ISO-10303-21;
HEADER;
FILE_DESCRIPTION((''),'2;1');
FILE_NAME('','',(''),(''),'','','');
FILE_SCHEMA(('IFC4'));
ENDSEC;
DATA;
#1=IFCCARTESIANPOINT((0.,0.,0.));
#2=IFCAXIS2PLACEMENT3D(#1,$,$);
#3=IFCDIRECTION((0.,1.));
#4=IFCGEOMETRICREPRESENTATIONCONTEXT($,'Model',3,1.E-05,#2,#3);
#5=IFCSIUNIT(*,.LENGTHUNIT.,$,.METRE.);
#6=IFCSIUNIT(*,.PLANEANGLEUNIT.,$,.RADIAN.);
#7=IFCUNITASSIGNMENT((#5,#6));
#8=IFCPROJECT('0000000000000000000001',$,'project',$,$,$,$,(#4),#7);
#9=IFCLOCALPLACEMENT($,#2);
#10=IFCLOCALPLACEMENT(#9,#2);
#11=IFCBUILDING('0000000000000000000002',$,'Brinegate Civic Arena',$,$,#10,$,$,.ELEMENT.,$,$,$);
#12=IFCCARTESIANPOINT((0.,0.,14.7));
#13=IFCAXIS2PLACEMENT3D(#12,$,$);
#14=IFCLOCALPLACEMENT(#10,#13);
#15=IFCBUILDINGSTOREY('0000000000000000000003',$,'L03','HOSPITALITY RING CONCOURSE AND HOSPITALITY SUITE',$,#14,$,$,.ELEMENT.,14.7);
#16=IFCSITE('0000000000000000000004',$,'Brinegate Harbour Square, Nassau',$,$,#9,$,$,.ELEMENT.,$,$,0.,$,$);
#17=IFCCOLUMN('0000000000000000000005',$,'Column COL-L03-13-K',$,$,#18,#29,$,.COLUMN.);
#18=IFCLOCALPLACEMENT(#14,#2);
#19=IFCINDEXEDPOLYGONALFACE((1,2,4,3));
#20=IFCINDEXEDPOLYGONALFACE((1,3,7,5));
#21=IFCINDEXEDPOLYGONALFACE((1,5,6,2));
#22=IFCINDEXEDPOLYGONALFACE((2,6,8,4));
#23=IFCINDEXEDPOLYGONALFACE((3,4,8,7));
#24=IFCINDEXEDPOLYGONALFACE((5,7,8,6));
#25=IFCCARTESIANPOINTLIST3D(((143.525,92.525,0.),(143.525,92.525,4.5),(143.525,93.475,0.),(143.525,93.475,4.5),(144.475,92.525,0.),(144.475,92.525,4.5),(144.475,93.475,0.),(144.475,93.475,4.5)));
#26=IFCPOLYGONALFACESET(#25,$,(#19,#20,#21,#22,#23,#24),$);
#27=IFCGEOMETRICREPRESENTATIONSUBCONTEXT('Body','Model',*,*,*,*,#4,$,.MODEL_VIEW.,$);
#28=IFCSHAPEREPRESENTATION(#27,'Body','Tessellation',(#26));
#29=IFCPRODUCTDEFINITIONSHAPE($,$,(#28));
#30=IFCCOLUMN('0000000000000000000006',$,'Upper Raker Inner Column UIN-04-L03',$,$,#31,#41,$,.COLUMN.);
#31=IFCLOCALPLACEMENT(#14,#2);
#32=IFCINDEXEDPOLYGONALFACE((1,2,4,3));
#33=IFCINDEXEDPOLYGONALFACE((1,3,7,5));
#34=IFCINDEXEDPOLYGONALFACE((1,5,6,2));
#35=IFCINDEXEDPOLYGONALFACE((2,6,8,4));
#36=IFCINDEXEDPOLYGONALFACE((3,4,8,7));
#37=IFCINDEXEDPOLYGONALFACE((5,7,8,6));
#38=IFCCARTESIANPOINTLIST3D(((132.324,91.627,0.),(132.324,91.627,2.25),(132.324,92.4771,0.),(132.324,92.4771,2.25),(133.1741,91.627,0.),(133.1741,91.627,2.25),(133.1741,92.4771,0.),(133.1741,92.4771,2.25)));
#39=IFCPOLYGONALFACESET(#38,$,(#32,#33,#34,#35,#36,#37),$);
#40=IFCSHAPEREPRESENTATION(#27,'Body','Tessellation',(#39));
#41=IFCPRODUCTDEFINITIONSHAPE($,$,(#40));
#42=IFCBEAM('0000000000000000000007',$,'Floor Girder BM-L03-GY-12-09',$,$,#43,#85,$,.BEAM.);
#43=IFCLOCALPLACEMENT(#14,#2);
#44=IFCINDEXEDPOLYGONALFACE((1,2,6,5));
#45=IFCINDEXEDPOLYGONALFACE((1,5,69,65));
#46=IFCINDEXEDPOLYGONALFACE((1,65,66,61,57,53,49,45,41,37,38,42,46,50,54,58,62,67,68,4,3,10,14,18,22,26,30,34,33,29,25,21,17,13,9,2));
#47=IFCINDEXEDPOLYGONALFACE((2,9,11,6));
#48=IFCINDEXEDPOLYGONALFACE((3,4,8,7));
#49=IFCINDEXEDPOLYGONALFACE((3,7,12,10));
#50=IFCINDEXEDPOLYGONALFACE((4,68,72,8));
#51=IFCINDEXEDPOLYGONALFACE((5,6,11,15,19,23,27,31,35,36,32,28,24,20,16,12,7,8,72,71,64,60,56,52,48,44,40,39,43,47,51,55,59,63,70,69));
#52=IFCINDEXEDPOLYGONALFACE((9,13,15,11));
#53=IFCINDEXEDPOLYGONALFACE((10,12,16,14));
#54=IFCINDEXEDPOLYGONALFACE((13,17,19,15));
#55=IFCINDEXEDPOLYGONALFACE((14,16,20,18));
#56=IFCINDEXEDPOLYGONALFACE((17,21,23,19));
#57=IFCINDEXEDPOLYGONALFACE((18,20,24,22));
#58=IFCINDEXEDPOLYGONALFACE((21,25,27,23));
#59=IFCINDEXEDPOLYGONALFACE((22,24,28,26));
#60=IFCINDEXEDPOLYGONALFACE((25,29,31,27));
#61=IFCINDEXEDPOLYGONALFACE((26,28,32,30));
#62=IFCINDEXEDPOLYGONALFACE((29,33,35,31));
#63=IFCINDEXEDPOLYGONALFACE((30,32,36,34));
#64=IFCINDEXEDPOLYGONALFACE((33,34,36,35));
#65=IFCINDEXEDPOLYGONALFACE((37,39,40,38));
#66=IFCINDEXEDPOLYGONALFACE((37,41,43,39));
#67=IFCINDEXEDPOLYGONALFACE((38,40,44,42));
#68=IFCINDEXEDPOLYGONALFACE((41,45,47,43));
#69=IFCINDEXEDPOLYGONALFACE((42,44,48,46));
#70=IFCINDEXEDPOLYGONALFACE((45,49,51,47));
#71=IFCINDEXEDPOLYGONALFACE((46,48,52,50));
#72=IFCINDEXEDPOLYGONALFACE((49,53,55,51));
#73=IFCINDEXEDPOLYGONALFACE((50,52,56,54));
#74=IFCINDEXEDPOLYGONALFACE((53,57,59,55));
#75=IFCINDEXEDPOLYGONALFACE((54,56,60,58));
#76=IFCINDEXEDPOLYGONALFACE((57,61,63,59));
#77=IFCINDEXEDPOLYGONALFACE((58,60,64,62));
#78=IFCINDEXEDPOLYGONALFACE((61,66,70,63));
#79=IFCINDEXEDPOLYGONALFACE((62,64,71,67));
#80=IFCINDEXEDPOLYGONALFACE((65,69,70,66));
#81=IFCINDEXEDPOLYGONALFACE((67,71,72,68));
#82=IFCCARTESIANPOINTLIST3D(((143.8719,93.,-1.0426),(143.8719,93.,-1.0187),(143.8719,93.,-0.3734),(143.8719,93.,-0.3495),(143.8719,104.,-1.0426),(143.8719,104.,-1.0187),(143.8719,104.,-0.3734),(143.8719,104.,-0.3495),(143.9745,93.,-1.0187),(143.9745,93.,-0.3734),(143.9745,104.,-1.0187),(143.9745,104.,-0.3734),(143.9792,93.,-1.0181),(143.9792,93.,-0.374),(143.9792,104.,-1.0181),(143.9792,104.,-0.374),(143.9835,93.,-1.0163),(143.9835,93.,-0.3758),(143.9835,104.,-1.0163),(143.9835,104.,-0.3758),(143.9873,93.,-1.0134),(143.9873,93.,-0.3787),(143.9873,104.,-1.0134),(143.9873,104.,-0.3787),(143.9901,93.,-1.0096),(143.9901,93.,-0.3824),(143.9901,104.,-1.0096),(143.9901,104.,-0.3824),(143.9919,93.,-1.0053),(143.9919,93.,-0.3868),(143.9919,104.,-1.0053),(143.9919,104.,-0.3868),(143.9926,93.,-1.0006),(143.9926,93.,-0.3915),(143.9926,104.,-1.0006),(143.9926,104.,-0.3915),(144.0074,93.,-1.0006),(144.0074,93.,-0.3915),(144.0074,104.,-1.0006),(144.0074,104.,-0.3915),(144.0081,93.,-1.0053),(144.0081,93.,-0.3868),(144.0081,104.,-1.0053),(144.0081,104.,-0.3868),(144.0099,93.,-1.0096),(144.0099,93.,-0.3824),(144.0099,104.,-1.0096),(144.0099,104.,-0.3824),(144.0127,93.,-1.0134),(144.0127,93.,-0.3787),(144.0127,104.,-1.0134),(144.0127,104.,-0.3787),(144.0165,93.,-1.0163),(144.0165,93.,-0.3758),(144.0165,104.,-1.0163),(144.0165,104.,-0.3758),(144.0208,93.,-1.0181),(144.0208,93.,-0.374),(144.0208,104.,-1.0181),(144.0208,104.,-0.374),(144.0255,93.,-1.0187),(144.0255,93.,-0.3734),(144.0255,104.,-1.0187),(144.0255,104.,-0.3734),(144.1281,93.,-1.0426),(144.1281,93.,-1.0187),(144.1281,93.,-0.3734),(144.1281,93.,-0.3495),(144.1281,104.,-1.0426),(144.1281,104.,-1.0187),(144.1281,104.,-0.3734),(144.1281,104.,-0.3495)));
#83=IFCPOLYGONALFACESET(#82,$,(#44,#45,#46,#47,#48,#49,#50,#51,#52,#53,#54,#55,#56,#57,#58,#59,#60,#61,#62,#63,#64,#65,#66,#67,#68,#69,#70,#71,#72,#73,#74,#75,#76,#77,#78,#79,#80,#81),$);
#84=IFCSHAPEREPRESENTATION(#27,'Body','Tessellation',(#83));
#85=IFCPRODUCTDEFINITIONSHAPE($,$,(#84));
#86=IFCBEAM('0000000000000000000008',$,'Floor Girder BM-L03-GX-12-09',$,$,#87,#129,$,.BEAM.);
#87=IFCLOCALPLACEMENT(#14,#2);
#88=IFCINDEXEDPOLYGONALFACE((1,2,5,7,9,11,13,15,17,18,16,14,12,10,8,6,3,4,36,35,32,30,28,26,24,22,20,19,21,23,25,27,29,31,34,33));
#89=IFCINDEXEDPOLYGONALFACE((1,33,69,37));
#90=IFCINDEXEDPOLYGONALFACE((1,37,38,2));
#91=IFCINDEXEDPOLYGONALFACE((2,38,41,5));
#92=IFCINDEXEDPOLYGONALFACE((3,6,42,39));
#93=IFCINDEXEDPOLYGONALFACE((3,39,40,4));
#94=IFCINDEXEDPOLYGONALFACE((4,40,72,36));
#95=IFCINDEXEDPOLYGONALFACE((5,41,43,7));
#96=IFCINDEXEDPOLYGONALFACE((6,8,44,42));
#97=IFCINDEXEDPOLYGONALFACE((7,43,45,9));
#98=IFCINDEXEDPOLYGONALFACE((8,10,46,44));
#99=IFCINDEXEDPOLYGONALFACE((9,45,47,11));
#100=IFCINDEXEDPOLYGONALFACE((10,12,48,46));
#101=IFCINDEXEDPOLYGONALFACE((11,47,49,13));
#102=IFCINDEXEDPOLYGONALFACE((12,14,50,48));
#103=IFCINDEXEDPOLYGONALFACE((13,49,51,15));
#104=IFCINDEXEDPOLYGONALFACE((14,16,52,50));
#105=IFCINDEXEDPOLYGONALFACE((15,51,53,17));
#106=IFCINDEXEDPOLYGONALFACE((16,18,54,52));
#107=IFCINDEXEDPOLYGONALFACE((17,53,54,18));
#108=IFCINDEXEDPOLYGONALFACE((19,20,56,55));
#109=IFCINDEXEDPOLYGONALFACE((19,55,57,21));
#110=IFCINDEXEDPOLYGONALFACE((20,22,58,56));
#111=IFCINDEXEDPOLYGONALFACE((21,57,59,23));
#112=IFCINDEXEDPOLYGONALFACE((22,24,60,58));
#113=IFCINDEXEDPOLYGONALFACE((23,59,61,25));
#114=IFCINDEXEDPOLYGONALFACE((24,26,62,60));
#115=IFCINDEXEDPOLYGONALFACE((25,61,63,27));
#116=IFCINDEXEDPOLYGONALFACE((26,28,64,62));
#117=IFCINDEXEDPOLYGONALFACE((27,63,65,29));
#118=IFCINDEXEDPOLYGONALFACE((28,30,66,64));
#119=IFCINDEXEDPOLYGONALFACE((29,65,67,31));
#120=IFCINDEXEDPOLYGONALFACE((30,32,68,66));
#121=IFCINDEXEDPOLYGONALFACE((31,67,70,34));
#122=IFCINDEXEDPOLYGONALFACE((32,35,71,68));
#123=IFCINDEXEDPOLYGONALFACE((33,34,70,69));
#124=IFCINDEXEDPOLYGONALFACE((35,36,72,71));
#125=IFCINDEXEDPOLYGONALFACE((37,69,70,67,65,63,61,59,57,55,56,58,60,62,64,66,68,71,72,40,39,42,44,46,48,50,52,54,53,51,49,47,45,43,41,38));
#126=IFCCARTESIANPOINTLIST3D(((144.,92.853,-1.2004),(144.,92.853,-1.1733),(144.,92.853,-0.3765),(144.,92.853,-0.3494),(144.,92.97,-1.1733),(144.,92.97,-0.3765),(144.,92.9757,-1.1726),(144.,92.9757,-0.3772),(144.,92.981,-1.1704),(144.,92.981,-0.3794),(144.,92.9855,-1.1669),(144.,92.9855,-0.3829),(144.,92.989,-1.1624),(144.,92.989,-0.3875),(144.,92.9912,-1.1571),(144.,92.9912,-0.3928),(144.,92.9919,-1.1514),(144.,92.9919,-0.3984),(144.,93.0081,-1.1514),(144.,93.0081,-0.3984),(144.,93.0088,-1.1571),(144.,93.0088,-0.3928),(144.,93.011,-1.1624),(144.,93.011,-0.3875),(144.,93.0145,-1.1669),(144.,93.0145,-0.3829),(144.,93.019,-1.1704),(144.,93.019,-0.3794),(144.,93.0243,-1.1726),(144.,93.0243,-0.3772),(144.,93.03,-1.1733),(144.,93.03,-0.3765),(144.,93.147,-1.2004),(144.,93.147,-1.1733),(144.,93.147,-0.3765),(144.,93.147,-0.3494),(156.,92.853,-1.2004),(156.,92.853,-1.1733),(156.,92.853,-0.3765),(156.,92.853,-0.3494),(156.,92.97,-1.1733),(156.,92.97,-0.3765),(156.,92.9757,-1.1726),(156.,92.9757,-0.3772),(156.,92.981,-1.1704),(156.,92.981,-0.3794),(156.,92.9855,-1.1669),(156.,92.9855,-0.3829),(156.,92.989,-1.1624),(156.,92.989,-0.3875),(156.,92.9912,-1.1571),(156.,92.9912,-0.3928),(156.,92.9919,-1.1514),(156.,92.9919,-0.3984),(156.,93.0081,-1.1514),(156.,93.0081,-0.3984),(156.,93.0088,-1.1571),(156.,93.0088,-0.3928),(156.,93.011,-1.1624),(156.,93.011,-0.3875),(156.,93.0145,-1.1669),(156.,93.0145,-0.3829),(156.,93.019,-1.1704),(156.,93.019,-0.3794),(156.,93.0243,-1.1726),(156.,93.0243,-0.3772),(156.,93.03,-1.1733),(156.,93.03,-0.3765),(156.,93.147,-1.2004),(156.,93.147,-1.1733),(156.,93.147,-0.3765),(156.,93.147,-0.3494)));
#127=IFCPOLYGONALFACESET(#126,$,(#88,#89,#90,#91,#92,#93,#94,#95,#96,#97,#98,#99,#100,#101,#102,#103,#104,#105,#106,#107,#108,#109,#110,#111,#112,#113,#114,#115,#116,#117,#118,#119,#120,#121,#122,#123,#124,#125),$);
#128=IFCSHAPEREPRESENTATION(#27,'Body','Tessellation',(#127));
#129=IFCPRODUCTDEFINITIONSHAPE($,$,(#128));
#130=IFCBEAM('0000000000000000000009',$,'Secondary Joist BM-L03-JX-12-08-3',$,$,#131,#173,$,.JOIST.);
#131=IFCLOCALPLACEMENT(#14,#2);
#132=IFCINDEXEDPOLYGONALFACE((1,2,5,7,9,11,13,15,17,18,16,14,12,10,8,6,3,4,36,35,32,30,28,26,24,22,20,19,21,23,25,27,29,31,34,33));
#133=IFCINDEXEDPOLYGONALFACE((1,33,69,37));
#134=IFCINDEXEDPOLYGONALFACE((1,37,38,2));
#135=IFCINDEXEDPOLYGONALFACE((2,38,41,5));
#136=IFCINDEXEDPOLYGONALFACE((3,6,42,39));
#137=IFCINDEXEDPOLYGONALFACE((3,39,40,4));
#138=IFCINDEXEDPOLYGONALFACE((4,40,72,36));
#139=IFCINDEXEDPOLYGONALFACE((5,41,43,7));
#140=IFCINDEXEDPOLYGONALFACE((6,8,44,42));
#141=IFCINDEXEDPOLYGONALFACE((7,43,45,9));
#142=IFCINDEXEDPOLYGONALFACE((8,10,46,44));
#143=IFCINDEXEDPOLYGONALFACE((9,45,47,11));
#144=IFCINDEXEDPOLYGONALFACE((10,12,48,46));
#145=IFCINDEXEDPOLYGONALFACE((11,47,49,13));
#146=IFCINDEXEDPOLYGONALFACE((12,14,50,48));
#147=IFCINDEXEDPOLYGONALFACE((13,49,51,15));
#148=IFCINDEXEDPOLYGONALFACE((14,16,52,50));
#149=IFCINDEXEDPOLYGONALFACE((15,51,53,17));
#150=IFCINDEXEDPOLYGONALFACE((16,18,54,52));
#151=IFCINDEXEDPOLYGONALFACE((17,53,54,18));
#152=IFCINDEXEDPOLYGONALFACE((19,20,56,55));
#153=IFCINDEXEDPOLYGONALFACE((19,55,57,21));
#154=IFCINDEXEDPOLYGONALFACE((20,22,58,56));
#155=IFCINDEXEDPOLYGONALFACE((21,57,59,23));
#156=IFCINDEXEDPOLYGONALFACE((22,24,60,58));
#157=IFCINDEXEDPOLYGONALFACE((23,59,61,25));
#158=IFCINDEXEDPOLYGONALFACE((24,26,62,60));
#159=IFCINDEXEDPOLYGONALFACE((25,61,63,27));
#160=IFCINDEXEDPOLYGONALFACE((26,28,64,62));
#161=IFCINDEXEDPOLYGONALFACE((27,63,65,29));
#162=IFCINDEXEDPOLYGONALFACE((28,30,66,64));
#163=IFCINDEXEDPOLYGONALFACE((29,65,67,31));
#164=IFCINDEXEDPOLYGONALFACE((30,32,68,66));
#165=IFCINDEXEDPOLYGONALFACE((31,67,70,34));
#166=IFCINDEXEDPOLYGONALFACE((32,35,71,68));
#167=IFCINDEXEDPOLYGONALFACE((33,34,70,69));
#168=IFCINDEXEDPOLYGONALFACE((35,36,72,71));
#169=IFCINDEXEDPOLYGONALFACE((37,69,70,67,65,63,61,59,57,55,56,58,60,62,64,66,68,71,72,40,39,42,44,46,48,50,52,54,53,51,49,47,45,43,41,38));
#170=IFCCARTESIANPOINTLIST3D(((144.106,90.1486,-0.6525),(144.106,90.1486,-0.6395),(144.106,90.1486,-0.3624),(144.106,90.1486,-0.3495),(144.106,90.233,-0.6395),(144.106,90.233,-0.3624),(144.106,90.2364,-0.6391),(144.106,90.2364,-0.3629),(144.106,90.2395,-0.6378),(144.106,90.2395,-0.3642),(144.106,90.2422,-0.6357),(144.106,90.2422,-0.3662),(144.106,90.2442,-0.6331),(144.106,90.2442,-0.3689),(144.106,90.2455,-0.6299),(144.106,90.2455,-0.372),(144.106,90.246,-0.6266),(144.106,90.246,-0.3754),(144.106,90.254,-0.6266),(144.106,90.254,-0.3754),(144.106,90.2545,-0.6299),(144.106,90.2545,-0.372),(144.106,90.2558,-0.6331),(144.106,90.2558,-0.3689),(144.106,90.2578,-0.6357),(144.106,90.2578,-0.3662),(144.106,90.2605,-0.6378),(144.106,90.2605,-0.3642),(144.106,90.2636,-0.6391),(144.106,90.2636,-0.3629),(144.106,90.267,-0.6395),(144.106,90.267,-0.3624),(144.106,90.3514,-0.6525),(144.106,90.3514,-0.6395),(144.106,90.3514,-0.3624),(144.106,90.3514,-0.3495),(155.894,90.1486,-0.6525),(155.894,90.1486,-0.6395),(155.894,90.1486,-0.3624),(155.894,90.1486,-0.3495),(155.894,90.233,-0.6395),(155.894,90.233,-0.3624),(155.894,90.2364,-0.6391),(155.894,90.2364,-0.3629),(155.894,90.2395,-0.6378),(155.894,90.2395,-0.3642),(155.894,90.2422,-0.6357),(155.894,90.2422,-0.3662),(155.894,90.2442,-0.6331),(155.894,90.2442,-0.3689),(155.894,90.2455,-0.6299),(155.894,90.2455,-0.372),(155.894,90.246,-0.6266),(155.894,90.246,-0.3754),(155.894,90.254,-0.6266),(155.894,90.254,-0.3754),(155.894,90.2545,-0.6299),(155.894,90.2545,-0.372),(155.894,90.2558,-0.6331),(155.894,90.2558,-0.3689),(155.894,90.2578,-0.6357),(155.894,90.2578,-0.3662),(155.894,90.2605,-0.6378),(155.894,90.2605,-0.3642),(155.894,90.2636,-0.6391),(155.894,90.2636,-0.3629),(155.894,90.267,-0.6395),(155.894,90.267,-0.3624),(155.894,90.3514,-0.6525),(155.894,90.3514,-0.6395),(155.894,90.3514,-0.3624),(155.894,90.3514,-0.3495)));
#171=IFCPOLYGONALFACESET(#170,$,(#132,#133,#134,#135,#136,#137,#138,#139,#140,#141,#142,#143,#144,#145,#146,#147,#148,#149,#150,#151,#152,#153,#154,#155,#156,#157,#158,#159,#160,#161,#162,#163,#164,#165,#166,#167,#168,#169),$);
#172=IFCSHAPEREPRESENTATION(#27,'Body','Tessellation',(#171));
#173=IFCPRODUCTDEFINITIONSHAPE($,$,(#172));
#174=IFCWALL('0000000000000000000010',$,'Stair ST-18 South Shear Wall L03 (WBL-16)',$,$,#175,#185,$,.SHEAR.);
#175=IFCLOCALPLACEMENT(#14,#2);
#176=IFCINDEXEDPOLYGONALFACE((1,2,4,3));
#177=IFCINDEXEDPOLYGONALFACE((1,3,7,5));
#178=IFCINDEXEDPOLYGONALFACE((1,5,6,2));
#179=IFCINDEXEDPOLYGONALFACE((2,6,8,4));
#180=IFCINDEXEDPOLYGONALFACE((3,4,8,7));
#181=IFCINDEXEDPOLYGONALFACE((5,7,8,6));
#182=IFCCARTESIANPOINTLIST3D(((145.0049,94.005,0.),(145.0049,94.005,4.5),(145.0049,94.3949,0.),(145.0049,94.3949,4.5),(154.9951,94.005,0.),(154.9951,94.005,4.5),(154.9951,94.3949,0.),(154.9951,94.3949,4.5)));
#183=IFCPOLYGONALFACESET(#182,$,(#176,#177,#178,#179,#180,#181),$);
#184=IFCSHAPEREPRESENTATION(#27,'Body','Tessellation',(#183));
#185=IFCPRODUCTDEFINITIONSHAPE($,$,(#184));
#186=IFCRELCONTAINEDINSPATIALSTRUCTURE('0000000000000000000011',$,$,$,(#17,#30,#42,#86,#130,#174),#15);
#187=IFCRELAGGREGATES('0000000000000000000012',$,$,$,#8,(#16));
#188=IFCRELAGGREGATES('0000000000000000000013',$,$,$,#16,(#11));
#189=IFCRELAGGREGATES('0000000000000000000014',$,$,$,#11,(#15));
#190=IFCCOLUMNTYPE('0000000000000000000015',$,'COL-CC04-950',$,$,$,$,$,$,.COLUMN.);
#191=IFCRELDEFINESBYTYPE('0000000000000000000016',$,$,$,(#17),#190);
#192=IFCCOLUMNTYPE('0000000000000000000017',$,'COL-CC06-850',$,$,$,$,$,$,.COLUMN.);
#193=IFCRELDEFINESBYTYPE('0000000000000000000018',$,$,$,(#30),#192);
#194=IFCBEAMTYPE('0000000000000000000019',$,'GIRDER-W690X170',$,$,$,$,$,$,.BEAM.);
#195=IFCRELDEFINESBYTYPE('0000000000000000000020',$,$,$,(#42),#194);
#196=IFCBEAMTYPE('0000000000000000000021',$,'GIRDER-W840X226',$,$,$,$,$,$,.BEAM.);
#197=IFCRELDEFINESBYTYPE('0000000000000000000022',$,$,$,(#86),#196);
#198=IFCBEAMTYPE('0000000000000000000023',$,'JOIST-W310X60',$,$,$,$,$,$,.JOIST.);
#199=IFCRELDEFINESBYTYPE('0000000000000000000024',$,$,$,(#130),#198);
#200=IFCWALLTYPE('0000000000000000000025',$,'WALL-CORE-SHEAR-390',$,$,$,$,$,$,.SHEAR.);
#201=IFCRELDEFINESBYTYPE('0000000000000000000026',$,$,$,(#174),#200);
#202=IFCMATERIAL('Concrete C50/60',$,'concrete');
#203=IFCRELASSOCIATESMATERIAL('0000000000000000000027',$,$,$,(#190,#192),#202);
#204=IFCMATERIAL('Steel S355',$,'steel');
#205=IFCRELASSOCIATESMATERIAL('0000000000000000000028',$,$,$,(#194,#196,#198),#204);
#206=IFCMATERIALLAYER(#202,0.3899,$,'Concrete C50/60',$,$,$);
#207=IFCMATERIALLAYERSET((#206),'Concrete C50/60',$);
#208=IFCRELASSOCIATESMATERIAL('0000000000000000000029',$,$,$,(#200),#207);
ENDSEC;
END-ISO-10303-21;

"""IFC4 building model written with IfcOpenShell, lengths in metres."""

from ifc_helpers import new_model, si_unit, direction, frame, frame_2d, origin, origin_2d, place, context, subcontext, project, spatial, rectangle, i_section, extrude, material, layer, layer_set, material_profile, profile_set, type_object, element, save


model = new_model("IFC4")

# Units and contexts
model_context = context("Model", 3, precision=1e-05, world=origin(), true_north=direction((0.0, 1.0)))
body_context = subcontext(model_context, "Body", "Model", "MODEL_VIEW")
ifc_project = project(units=[si_unit("LENGTHUNIT", "METRE"), si_unit("PLANEANGLEUNIT", "RADIAN")], contexts=[model_context])

# Site, building, storey
site_placement = place(None, origin())
site = spatial("IfcSite", under=ifc_project, at=site_placement, Name="Brinegate Harbour Square, Nassau", CompositionType="ELEMENT", RefElevation=0.0)
building_placement = place(site_placement, origin())
building = spatial("IfcBuilding", under=site, at=building_placement, Name="Brinegate Civic Arena", CompositionType="ELEMENT")
storey_placement = place(building_placement, frame((0.0, 0.0, 14.7)))
storey = spatial("IfcBuildingStorey", under=building, at=storey_placement, Name="L03", Description="HOSPITALITY RING CONCOURSE AND HOSPITALITY SUITE", CompositionType="ELEMENT", Elevation=14.7)

# Columns
ifc_material_1 = material(Name="Concrete C50/60", Category="concrete")
ifc_material_profile_1 = material_profile(ifc_material_1, rectangle(XDim=0.95, YDim=0.95, at=origin_2d()), Name="RC950X950")
ifc_profile_set_1 = profile_set([ifc_material_profile_1], Name="Concrete C50/60")
column_type_1 = type_object("IfcColumnType", Name="COL-CC04-950", PredefinedType="COLUMN", material=ifc_profile_set_1)
column_1_placement = place(storey_placement, frame((144.0, 93.0, 0.0), z_axis=(0.0, 0.0, 1.0), x_axis=(1.0, 0.0, 0.0)))
element("IfcColumn", 1, at=column_1_placement, inside=storey, type_object=column_type_1, Name="Column COL-L03-13-K", PredefinedType="COLUMN", context=body_context, shape_type="SweptSolid", body=[
    extrude(rectangle(XDim=0.95, YDim=0.95, at=origin_2d()), origin(), (0.0, 0.0, 1.0), 4.5),
])
ifc_material_profile_2 = material_profile(ifc_material_1, rectangle(XDim=0.8501, YDim=0.8501, at=origin_2d()), Name="RC850X850")
ifc_profile_set_2 = profile_set([ifc_material_profile_2], Name="Concrete C50/60")
column_type_2 = type_object("IfcColumnType", Name="COL-CC06-850", PredefinedType="COLUMN", material=ifc_profile_set_2)
column_2_placement = place(storey_placement, frame((132.749, 92.052, 0.0), z_axis=(0.0, 0.0, 1.0), x_axis=(1.0, 0.0, 0.0)))
element("IfcColumn", 2, at=column_2_placement, inside=storey, type_object=column_type_2, Name="Upper Raker Inner Column UIN-04-L03", PredefinedType="COLUMN", context=body_context, shape_type="SweptSolid", body=[
    extrude(rectangle(XDim=0.8501, YDim=0.8501, at=origin_2d()), origin(), (0.0, 0.0, 1.0), 2.25),
])

# Beams
ifc_material_2 = material(Name="Steel S355", Category="steel")
ifc_material_profile_3 = material_profile(ifc_material_2, i_section(OverallWidth=0.2561, OverallDepth=0.6931, WebThickness=0.0149, FlangeThickness=0.0239, FilletRadius=0.0181, at=origin_2d()), Name="W690X170")
ifc_profile_set_3 = profile_set([ifc_material_profile_3], Name="Steel S355")
beam_type_1 = type_object("IfcBeamType", Name="GIRDER-W690X170", PredefinedType="BEAM", material=ifc_profile_set_3)
beam_1_placement = place(storey_placement, frame((144.0, 93.0, -0.696), z_axis=(0.0, 1.0, 0.0), x_axis=(-1.0, 0.0, 0.0)))
element("IfcBeam", 3, at=beam_1_placement, inside=storey, type_object=beam_type_1, Name="Floor Girder BM-L03-GY-12-09", PredefinedType="BEAM", context=body_context, shape_type="SweptSolid", body=[
    extrude(i_section(OverallWidth=0.2561, OverallDepth=0.6931, WebThickness=0.0149, FlangeThickness=0.0239, FilletRadius=0.0181, at=origin_2d()), origin(), (0.0, 0.0, 1.0), 11.0),
])
ifc_material_profile_4 = material_profile(ifc_material_2, i_section(OverallWidth=0.2939, OverallDepth=0.8511, WebThickness=0.0161, FlangeThickness=0.0271, FilletRadius=0.022, at=origin_2d()), Name="W840X226")
ifc_profile_set_4 = profile_set([ifc_material_profile_4], Name="Steel S355")
beam_type_2 = type_object("IfcBeamType", Name="GIRDER-W840X226", PredefinedType="BEAM", material=ifc_profile_set_4)
beam_2_placement = place(storey_placement, frame((144.0, 93.0, -0.7749), z_axis=(1.0, 0.0, 0.0), x_axis=(0.0, 1.0, 0.0)))
element("IfcBeam", 4, at=beam_2_placement, inside=storey, type_object=beam_type_2, Name="Floor Girder BM-L03-GX-12-09", PredefinedType="BEAM", context=body_context, shape_type="SweptSolid", body=[
    extrude(i_section(OverallWidth=0.2939, OverallDepth=0.8511, WebThickness=0.0161, FlangeThickness=0.0271, FilletRadius=0.022, at=origin_2d()), origin(), (0.0, 0.0, 1.0), 12.0),
])
ifc_material_profile_5 = material_profile(ifc_material_2, i_section(OverallWidth=0.2029, OverallDepth=0.303, WebThickness=0.0081, FlangeThickness=0.0129, FilletRadius=0.0129, at=origin_2d()), Name="W310X60")
ifc_profile_set_5 = profile_set([ifc_material_profile_5], Name="Steel S355")
beam_type_3 = type_object("IfcBeamType", Name="JOIST-W310X60", PredefinedType="JOIST", material=ifc_profile_set_5)
beam_3_placement = place(storey_placement, frame((144.106, 90.25, -0.501), z_axis=(1.0, 0.0, 0.0), x_axis=(0.0, 1.0, 0.0)))
element("IfcBeam", 5, at=beam_3_placement, inside=storey, type_object=beam_type_3, Name="Secondary Joist BM-L03-JX-12-08-3", PredefinedType="JOIST", context=body_context, shape_type="SweptSolid", body=[
    extrude(i_section(OverallWidth=0.2029, OverallDepth=0.303, WebThickness=0.0081, FlangeThickness=0.0129, FilletRadius=0.0129, at=origin_2d()), origin(), (0.0, 0.0, 1.0), 11.7881),
])

# Wall
ifc_layer_1 = layer(ifc_material_1, 0.3899, Name="Concrete C50/60")
ifc_layer_set_1 = layer_set([ifc_layer_1], Name="Concrete C50/60")
wall_type_1 = type_object("IfcWallType", Name="WALL-CORE-SHEAR-390", PredefinedType="SHEAR", material=ifc_layer_set_1)
wall_1_placement = place(storey_placement, frame((145.0049, 94.2, 0.0), z_axis=(0.0, 0.0, 1.0), x_axis=(1.0, 0.0, 0.0)))
element("IfcWall", 6, at=wall_1_placement, inside=storey, type_object=wall_type_1, Name="Stair ST-18 South Shear Wall L03 (WBL-16)", PredefinedType="SHEAR", context=body_context, shape_type="SweptSolid", body=[
    extrude(rectangle(XDim=9.9902, YDim=0.3899, at=frame_2d((4.9951, 0.0))), origin(), (0.0, 0.0, 1.0), 4.5),
])

save(model, "model.ifc")
